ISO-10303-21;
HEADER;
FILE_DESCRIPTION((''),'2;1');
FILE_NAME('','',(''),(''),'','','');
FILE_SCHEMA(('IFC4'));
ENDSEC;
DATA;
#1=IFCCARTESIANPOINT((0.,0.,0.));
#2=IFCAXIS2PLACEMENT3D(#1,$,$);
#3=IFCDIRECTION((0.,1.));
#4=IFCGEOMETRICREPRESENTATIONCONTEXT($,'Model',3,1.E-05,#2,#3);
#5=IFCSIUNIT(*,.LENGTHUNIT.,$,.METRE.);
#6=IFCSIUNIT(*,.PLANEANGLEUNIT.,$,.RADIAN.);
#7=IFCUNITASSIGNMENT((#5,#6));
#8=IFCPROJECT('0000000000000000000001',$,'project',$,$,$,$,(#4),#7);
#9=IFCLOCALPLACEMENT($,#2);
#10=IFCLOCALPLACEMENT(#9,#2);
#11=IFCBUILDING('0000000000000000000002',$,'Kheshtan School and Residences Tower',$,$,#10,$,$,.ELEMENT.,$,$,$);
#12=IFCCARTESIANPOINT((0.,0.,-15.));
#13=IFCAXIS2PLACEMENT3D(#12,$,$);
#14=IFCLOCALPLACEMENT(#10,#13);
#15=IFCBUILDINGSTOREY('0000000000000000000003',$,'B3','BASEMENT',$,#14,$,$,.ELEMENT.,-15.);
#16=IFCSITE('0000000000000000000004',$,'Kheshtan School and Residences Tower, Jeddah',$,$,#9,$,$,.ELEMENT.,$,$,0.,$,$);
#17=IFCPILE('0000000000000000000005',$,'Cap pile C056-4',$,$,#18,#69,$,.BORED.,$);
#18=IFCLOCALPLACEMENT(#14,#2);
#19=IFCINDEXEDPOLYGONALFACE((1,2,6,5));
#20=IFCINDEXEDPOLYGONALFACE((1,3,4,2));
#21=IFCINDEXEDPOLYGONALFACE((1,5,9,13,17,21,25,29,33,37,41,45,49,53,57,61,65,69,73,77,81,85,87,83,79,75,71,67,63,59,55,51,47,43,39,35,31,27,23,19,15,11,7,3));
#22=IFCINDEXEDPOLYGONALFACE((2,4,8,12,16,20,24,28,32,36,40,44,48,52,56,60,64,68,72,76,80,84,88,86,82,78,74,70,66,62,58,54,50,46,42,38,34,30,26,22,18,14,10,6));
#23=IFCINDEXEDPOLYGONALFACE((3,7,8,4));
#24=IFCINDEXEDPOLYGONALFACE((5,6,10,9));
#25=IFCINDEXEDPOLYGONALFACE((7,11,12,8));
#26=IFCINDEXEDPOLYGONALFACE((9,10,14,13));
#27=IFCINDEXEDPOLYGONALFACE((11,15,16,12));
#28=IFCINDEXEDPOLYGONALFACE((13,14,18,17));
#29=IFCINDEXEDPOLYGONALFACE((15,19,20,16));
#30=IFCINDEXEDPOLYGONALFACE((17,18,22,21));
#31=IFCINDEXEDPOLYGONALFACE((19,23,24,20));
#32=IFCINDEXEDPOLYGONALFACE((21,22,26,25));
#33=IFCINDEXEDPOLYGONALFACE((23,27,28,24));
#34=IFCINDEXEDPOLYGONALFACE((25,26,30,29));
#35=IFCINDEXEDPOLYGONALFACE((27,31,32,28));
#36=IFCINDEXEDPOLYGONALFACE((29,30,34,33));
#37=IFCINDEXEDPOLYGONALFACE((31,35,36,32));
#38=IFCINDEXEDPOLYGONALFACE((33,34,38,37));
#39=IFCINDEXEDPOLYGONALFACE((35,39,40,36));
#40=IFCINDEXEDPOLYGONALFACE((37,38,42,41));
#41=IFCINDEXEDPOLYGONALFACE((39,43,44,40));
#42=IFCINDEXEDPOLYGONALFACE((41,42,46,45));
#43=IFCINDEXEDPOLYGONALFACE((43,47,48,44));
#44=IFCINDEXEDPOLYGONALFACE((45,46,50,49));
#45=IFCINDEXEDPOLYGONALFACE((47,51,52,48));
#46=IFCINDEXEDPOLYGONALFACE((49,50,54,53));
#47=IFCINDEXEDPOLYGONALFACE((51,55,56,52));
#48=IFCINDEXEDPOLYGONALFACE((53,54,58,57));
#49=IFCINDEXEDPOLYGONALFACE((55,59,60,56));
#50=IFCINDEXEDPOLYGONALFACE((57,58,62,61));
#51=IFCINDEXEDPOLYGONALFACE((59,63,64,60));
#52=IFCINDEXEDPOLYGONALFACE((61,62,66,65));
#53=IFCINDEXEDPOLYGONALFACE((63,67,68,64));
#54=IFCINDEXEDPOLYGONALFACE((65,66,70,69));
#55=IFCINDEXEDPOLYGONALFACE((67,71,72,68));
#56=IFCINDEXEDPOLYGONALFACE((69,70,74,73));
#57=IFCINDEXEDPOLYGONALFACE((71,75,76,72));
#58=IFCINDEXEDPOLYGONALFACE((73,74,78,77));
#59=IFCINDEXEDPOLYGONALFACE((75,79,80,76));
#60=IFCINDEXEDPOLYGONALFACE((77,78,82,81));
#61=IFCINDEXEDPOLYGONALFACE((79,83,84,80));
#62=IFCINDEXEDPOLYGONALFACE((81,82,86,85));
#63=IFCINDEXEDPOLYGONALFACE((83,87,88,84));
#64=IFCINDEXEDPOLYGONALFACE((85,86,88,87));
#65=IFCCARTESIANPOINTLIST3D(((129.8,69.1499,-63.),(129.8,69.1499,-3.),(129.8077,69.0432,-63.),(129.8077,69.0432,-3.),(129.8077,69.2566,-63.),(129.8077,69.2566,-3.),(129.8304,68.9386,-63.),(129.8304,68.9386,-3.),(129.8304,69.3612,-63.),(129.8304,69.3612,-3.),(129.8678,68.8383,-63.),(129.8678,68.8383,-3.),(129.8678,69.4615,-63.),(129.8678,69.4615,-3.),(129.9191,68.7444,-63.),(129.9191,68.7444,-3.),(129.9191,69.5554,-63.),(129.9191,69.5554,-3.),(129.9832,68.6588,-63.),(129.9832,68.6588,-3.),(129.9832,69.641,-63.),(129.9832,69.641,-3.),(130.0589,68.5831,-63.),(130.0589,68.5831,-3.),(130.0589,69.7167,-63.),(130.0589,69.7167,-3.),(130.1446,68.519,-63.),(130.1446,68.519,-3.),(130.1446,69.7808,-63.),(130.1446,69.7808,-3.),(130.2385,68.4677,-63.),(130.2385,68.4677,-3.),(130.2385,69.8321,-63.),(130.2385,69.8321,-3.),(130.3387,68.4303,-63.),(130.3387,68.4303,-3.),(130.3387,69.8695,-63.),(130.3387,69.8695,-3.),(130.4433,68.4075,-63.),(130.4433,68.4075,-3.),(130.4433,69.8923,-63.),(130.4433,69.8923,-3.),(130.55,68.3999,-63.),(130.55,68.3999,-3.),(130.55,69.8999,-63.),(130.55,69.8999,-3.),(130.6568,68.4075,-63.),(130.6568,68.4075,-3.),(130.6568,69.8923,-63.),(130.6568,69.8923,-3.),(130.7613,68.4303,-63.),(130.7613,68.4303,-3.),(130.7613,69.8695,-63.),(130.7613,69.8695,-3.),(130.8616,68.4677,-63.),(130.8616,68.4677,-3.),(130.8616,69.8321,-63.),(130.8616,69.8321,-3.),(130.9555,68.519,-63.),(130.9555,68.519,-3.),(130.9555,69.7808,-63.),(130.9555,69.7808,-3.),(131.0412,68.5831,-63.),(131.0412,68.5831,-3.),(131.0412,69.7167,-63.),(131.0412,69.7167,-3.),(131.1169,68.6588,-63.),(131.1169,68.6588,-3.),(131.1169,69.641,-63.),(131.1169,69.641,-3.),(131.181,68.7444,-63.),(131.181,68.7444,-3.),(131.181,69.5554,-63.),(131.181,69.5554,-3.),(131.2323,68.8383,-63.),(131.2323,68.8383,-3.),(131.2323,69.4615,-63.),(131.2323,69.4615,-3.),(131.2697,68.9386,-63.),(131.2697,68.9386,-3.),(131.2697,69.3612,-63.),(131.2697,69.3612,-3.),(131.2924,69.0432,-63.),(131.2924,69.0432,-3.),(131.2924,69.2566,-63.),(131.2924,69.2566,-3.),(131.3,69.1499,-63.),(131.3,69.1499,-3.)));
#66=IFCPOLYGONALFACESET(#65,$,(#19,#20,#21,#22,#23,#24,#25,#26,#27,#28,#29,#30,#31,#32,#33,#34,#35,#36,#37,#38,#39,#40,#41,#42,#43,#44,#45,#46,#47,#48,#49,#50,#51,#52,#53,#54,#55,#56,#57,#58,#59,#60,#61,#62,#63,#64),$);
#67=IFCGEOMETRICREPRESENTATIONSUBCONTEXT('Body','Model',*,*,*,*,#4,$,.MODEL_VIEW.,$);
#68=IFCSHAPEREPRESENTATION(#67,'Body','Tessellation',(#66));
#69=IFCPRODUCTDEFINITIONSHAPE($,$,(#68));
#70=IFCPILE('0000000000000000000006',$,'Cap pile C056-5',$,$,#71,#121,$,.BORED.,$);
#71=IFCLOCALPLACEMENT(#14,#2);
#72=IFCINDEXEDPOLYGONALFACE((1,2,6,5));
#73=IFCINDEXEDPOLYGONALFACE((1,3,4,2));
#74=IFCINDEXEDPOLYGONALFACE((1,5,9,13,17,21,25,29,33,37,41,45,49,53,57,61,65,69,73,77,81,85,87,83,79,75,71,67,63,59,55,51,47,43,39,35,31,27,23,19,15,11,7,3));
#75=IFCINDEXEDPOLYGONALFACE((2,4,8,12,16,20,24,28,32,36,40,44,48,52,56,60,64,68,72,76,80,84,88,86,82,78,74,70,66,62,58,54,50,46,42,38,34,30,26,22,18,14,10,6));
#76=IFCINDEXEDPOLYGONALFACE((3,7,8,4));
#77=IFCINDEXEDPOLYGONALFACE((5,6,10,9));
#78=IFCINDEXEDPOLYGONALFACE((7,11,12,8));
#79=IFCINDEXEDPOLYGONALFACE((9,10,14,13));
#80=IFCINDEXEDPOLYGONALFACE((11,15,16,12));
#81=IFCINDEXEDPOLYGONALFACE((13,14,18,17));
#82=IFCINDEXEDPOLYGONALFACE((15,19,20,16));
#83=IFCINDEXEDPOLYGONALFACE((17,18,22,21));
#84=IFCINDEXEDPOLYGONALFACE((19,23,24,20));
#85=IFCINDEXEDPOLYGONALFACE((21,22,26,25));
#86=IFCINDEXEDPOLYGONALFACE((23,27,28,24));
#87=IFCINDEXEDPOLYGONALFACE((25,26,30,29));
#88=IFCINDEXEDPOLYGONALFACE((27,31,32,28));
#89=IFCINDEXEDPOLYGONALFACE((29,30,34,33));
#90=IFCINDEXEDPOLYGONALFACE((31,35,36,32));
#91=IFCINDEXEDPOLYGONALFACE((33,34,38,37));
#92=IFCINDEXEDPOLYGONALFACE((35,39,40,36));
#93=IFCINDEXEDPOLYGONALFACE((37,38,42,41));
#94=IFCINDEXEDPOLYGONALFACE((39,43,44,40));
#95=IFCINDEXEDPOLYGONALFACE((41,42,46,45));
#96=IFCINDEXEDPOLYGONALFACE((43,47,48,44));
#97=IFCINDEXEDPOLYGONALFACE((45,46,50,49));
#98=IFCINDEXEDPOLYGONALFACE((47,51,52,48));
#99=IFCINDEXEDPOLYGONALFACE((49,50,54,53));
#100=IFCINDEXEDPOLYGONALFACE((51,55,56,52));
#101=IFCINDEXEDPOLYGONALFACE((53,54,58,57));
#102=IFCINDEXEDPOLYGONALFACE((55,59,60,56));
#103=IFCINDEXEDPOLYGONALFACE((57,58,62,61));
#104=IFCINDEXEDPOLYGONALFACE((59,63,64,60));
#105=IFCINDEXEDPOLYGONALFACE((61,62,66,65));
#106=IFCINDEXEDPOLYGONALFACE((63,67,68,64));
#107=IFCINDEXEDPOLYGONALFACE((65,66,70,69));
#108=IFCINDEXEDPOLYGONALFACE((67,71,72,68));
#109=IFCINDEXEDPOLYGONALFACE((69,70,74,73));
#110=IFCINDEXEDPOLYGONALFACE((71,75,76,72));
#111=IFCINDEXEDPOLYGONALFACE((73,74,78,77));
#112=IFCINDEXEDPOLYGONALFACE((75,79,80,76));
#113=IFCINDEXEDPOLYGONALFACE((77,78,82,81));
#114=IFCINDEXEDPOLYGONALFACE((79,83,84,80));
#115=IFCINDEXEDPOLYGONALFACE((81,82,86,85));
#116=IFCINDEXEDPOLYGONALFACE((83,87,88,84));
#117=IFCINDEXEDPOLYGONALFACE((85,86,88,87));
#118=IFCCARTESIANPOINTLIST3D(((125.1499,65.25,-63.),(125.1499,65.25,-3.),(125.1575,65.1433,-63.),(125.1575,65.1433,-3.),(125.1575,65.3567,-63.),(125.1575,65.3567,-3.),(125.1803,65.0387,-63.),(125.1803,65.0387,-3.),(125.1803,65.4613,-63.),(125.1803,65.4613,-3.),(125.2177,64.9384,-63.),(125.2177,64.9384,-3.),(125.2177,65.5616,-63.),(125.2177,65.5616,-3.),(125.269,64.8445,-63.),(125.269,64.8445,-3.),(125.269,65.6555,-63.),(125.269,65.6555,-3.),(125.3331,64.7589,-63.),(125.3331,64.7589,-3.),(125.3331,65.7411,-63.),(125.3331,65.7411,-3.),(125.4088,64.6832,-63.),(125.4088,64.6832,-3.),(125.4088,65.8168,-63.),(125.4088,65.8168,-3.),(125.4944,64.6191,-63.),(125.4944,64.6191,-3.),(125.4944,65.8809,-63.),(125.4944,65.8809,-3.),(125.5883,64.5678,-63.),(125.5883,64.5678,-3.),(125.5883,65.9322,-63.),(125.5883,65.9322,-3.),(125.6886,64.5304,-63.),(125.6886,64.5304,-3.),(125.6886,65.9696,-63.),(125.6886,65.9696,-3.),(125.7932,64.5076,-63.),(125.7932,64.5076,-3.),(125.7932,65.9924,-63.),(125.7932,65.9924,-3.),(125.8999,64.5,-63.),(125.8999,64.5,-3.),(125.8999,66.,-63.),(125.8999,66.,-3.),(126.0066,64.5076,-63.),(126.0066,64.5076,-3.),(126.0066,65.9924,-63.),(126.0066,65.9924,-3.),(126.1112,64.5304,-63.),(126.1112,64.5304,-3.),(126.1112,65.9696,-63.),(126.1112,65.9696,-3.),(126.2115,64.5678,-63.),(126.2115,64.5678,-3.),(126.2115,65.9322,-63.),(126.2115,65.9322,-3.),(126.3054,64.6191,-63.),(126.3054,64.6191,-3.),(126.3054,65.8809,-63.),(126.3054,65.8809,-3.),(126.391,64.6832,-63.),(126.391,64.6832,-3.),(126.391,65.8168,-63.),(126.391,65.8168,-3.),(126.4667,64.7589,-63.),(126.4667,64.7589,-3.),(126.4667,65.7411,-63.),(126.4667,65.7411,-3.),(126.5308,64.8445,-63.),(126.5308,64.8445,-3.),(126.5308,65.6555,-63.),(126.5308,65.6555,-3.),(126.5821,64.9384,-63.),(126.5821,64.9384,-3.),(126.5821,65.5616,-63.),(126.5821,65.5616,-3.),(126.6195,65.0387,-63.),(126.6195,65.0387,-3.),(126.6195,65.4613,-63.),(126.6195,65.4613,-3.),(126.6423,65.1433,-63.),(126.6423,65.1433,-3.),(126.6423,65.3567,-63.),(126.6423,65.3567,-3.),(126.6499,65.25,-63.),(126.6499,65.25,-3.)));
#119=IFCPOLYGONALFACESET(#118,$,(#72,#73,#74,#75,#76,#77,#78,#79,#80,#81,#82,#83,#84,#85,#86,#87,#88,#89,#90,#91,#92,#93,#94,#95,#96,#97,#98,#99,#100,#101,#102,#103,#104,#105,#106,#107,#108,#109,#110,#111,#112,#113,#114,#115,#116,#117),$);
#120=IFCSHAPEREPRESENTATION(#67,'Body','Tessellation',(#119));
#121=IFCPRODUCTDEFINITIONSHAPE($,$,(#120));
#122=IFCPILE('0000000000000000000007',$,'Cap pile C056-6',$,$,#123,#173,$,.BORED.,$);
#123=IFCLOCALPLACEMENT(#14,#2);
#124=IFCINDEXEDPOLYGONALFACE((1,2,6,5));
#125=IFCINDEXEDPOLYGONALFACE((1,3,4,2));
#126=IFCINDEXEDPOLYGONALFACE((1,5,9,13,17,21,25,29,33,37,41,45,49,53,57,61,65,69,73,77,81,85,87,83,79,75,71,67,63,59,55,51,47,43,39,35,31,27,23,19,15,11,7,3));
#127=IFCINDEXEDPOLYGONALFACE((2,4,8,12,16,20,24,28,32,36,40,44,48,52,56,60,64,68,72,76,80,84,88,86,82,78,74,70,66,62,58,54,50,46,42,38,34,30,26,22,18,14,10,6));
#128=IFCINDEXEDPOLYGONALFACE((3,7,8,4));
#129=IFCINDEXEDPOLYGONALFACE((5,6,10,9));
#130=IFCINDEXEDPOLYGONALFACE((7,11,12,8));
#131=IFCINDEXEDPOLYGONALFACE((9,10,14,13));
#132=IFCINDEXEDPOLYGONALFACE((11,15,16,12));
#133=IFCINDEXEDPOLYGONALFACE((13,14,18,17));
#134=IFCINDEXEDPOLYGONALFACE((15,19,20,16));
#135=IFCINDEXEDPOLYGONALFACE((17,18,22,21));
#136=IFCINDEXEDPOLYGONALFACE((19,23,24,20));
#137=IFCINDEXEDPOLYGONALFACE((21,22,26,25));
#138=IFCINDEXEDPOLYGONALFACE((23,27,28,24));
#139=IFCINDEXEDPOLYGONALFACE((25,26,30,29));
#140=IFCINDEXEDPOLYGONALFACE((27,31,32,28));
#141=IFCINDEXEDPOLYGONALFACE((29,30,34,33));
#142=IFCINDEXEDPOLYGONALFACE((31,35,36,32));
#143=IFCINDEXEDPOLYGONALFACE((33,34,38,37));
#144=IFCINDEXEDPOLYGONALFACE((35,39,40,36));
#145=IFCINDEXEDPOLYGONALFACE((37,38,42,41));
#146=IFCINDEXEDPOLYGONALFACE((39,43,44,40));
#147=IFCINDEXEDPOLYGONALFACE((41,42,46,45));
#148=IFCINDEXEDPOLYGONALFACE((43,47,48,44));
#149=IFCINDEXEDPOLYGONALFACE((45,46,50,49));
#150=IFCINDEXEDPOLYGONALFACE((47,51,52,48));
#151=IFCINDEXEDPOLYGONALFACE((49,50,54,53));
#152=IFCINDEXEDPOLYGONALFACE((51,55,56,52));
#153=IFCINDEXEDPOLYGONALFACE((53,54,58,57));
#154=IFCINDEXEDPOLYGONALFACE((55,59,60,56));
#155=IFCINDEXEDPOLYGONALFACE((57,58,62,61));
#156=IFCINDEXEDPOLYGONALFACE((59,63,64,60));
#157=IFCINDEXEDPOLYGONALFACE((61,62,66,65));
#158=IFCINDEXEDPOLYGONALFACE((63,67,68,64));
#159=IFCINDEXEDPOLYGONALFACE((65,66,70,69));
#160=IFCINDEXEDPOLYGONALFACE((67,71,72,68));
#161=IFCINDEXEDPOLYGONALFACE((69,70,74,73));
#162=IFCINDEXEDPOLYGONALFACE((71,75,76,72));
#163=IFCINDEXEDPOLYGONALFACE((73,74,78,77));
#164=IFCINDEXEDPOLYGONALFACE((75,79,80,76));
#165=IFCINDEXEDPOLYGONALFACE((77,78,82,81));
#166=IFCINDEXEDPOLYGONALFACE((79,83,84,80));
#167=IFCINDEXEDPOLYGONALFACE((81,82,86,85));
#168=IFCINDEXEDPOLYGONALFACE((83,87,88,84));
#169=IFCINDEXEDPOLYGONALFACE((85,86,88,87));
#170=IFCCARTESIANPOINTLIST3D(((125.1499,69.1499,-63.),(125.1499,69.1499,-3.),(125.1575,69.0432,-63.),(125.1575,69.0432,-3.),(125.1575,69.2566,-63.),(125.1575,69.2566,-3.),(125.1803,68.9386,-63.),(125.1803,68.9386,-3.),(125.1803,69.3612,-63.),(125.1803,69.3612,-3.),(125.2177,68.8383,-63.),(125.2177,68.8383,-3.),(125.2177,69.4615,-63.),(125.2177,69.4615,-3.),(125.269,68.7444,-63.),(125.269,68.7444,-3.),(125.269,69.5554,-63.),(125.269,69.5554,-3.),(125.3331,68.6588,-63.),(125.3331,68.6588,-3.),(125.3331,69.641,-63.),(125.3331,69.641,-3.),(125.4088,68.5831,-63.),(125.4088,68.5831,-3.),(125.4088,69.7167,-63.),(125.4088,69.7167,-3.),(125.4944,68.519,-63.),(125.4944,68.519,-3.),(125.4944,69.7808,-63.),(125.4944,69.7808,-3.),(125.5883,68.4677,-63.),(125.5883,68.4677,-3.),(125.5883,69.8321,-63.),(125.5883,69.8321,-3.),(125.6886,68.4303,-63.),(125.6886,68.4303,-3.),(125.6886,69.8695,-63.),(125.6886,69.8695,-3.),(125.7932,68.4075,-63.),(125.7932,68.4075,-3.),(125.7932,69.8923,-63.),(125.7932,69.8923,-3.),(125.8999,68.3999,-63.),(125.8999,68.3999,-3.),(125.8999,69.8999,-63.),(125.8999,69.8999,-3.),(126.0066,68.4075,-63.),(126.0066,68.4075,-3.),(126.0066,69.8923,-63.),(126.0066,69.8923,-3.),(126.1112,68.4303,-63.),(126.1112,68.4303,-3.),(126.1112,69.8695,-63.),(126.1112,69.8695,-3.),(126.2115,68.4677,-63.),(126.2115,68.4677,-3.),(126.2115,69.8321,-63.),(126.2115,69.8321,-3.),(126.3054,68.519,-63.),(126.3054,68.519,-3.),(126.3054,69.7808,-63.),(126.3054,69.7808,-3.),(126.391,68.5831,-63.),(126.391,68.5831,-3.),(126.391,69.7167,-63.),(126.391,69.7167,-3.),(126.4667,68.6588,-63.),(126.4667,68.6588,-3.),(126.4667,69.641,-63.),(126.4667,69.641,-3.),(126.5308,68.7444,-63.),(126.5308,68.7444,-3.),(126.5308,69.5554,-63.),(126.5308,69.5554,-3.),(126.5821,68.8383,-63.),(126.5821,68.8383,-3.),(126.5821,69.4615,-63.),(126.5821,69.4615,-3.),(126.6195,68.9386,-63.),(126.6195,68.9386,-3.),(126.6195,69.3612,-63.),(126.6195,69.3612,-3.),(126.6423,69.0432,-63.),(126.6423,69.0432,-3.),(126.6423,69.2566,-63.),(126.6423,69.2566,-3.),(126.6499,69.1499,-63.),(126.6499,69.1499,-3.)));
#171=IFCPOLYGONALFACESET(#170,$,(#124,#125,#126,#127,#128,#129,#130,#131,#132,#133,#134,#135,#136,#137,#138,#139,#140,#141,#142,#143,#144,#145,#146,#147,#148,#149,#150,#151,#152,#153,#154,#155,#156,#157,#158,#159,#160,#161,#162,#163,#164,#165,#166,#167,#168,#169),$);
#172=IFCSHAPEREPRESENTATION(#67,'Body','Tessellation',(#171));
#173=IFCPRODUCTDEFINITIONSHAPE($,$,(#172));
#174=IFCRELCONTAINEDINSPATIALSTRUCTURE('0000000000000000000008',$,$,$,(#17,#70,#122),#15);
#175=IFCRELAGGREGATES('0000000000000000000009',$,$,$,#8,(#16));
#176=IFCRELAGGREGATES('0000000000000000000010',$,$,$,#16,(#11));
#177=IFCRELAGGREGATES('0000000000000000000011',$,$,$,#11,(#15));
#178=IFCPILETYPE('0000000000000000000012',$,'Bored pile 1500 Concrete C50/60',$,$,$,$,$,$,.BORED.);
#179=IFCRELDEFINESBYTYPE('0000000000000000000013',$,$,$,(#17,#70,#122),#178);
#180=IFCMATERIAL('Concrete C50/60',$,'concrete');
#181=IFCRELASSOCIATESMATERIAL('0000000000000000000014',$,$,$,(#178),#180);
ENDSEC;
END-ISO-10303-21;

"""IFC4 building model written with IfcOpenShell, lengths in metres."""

from ifc_helpers import new_model, si_unit, direction, frame, origin, origin_2d, place, context, subcontext, project, spatial, circle, extrude, material, material_profile, profile_set, type_object, element, save


model = new_model("IFC4")

# Units and contexts
model_context = context("Model", 3, precision=1e-05, world=origin(), true_north=direction((0.0, 1.0)))
body_context = subcontext(model_context, "Body", "Model", "MODEL_VIEW")
ifc_project = project(units=[si_unit("LENGTHUNIT", "METRE"), si_unit("PLANEANGLEUNIT", "RADIAN")], contexts=[model_context])

# Site, building, storey
site_placement = place(None, origin())
site = spatial("IfcSite", under=ifc_project, at=site_placement, Name="Kheshtan School and Residences Tower, Jeddah", CompositionType="ELEMENT", RefElevation=0.0)
building_placement = place(site_placement, origin())
building = spatial("IfcBuilding", under=site, at=building_placement, Name="Kheshtan School and Residences Tower", CompositionType="ELEMENT")
storey_placement = place(building_placement, frame((0.0, 0.0, -15.0)))
storey = spatial("IfcBuildingStorey", under=building, at=storey_placement, Name="B3", Description="BASEMENT", CompositionType="ELEMENT", Elevation=-15.0)

# Piles
ifc_material_1 = material(Name="Concrete C50/60", Category="concrete")
ifc_material_profile_1 = material_profile(ifc_material_1, circle(Radius=0.75, at=origin_2d()), Name="BP 1500")
ifc_profile_set_1 = profile_set([ifc_material_profile_1], Name="Concrete C50/60")
pile_type_1 = type_object("IfcPileType", Name="Bored pile 1500 Concrete C50/60", PredefinedType="BORED", material=ifc_profile_set_1)
for number, where, z_axis, x_axis, name in (
    (1, (130.55, 69.1499, -3.0), (0.0, 0.0, -1.0), (1.0, 0.0, 0.0), "Cap pile C056-4"),
    (2, (125.8999, 65.25, -3.0), (0.0, 0.0, -1.0), (1.0, 0.0, 0.0), "Cap pile C056-5"),
    (3, (125.8999, 69.1499, -3.0), (0.0, 0.0, -1.0), (1.0, 0.0, 0.0), "Cap pile C056-6"),
):
    element("IfcPile", number, at=place(storey_placement, frame(where, z_axis=z_axis, x_axis=x_axis)), inside=storey, type_object=pile_type_1, Name=name, PredefinedType="BORED", context=body_context, shape_type="SweptSolid", body=[
        extrude(circle(Radius=0.75, at=origin_2d()), origin(), (0.0, 0.0, 1.0), 60.0),
    ])

save(model, "model.ifc")
